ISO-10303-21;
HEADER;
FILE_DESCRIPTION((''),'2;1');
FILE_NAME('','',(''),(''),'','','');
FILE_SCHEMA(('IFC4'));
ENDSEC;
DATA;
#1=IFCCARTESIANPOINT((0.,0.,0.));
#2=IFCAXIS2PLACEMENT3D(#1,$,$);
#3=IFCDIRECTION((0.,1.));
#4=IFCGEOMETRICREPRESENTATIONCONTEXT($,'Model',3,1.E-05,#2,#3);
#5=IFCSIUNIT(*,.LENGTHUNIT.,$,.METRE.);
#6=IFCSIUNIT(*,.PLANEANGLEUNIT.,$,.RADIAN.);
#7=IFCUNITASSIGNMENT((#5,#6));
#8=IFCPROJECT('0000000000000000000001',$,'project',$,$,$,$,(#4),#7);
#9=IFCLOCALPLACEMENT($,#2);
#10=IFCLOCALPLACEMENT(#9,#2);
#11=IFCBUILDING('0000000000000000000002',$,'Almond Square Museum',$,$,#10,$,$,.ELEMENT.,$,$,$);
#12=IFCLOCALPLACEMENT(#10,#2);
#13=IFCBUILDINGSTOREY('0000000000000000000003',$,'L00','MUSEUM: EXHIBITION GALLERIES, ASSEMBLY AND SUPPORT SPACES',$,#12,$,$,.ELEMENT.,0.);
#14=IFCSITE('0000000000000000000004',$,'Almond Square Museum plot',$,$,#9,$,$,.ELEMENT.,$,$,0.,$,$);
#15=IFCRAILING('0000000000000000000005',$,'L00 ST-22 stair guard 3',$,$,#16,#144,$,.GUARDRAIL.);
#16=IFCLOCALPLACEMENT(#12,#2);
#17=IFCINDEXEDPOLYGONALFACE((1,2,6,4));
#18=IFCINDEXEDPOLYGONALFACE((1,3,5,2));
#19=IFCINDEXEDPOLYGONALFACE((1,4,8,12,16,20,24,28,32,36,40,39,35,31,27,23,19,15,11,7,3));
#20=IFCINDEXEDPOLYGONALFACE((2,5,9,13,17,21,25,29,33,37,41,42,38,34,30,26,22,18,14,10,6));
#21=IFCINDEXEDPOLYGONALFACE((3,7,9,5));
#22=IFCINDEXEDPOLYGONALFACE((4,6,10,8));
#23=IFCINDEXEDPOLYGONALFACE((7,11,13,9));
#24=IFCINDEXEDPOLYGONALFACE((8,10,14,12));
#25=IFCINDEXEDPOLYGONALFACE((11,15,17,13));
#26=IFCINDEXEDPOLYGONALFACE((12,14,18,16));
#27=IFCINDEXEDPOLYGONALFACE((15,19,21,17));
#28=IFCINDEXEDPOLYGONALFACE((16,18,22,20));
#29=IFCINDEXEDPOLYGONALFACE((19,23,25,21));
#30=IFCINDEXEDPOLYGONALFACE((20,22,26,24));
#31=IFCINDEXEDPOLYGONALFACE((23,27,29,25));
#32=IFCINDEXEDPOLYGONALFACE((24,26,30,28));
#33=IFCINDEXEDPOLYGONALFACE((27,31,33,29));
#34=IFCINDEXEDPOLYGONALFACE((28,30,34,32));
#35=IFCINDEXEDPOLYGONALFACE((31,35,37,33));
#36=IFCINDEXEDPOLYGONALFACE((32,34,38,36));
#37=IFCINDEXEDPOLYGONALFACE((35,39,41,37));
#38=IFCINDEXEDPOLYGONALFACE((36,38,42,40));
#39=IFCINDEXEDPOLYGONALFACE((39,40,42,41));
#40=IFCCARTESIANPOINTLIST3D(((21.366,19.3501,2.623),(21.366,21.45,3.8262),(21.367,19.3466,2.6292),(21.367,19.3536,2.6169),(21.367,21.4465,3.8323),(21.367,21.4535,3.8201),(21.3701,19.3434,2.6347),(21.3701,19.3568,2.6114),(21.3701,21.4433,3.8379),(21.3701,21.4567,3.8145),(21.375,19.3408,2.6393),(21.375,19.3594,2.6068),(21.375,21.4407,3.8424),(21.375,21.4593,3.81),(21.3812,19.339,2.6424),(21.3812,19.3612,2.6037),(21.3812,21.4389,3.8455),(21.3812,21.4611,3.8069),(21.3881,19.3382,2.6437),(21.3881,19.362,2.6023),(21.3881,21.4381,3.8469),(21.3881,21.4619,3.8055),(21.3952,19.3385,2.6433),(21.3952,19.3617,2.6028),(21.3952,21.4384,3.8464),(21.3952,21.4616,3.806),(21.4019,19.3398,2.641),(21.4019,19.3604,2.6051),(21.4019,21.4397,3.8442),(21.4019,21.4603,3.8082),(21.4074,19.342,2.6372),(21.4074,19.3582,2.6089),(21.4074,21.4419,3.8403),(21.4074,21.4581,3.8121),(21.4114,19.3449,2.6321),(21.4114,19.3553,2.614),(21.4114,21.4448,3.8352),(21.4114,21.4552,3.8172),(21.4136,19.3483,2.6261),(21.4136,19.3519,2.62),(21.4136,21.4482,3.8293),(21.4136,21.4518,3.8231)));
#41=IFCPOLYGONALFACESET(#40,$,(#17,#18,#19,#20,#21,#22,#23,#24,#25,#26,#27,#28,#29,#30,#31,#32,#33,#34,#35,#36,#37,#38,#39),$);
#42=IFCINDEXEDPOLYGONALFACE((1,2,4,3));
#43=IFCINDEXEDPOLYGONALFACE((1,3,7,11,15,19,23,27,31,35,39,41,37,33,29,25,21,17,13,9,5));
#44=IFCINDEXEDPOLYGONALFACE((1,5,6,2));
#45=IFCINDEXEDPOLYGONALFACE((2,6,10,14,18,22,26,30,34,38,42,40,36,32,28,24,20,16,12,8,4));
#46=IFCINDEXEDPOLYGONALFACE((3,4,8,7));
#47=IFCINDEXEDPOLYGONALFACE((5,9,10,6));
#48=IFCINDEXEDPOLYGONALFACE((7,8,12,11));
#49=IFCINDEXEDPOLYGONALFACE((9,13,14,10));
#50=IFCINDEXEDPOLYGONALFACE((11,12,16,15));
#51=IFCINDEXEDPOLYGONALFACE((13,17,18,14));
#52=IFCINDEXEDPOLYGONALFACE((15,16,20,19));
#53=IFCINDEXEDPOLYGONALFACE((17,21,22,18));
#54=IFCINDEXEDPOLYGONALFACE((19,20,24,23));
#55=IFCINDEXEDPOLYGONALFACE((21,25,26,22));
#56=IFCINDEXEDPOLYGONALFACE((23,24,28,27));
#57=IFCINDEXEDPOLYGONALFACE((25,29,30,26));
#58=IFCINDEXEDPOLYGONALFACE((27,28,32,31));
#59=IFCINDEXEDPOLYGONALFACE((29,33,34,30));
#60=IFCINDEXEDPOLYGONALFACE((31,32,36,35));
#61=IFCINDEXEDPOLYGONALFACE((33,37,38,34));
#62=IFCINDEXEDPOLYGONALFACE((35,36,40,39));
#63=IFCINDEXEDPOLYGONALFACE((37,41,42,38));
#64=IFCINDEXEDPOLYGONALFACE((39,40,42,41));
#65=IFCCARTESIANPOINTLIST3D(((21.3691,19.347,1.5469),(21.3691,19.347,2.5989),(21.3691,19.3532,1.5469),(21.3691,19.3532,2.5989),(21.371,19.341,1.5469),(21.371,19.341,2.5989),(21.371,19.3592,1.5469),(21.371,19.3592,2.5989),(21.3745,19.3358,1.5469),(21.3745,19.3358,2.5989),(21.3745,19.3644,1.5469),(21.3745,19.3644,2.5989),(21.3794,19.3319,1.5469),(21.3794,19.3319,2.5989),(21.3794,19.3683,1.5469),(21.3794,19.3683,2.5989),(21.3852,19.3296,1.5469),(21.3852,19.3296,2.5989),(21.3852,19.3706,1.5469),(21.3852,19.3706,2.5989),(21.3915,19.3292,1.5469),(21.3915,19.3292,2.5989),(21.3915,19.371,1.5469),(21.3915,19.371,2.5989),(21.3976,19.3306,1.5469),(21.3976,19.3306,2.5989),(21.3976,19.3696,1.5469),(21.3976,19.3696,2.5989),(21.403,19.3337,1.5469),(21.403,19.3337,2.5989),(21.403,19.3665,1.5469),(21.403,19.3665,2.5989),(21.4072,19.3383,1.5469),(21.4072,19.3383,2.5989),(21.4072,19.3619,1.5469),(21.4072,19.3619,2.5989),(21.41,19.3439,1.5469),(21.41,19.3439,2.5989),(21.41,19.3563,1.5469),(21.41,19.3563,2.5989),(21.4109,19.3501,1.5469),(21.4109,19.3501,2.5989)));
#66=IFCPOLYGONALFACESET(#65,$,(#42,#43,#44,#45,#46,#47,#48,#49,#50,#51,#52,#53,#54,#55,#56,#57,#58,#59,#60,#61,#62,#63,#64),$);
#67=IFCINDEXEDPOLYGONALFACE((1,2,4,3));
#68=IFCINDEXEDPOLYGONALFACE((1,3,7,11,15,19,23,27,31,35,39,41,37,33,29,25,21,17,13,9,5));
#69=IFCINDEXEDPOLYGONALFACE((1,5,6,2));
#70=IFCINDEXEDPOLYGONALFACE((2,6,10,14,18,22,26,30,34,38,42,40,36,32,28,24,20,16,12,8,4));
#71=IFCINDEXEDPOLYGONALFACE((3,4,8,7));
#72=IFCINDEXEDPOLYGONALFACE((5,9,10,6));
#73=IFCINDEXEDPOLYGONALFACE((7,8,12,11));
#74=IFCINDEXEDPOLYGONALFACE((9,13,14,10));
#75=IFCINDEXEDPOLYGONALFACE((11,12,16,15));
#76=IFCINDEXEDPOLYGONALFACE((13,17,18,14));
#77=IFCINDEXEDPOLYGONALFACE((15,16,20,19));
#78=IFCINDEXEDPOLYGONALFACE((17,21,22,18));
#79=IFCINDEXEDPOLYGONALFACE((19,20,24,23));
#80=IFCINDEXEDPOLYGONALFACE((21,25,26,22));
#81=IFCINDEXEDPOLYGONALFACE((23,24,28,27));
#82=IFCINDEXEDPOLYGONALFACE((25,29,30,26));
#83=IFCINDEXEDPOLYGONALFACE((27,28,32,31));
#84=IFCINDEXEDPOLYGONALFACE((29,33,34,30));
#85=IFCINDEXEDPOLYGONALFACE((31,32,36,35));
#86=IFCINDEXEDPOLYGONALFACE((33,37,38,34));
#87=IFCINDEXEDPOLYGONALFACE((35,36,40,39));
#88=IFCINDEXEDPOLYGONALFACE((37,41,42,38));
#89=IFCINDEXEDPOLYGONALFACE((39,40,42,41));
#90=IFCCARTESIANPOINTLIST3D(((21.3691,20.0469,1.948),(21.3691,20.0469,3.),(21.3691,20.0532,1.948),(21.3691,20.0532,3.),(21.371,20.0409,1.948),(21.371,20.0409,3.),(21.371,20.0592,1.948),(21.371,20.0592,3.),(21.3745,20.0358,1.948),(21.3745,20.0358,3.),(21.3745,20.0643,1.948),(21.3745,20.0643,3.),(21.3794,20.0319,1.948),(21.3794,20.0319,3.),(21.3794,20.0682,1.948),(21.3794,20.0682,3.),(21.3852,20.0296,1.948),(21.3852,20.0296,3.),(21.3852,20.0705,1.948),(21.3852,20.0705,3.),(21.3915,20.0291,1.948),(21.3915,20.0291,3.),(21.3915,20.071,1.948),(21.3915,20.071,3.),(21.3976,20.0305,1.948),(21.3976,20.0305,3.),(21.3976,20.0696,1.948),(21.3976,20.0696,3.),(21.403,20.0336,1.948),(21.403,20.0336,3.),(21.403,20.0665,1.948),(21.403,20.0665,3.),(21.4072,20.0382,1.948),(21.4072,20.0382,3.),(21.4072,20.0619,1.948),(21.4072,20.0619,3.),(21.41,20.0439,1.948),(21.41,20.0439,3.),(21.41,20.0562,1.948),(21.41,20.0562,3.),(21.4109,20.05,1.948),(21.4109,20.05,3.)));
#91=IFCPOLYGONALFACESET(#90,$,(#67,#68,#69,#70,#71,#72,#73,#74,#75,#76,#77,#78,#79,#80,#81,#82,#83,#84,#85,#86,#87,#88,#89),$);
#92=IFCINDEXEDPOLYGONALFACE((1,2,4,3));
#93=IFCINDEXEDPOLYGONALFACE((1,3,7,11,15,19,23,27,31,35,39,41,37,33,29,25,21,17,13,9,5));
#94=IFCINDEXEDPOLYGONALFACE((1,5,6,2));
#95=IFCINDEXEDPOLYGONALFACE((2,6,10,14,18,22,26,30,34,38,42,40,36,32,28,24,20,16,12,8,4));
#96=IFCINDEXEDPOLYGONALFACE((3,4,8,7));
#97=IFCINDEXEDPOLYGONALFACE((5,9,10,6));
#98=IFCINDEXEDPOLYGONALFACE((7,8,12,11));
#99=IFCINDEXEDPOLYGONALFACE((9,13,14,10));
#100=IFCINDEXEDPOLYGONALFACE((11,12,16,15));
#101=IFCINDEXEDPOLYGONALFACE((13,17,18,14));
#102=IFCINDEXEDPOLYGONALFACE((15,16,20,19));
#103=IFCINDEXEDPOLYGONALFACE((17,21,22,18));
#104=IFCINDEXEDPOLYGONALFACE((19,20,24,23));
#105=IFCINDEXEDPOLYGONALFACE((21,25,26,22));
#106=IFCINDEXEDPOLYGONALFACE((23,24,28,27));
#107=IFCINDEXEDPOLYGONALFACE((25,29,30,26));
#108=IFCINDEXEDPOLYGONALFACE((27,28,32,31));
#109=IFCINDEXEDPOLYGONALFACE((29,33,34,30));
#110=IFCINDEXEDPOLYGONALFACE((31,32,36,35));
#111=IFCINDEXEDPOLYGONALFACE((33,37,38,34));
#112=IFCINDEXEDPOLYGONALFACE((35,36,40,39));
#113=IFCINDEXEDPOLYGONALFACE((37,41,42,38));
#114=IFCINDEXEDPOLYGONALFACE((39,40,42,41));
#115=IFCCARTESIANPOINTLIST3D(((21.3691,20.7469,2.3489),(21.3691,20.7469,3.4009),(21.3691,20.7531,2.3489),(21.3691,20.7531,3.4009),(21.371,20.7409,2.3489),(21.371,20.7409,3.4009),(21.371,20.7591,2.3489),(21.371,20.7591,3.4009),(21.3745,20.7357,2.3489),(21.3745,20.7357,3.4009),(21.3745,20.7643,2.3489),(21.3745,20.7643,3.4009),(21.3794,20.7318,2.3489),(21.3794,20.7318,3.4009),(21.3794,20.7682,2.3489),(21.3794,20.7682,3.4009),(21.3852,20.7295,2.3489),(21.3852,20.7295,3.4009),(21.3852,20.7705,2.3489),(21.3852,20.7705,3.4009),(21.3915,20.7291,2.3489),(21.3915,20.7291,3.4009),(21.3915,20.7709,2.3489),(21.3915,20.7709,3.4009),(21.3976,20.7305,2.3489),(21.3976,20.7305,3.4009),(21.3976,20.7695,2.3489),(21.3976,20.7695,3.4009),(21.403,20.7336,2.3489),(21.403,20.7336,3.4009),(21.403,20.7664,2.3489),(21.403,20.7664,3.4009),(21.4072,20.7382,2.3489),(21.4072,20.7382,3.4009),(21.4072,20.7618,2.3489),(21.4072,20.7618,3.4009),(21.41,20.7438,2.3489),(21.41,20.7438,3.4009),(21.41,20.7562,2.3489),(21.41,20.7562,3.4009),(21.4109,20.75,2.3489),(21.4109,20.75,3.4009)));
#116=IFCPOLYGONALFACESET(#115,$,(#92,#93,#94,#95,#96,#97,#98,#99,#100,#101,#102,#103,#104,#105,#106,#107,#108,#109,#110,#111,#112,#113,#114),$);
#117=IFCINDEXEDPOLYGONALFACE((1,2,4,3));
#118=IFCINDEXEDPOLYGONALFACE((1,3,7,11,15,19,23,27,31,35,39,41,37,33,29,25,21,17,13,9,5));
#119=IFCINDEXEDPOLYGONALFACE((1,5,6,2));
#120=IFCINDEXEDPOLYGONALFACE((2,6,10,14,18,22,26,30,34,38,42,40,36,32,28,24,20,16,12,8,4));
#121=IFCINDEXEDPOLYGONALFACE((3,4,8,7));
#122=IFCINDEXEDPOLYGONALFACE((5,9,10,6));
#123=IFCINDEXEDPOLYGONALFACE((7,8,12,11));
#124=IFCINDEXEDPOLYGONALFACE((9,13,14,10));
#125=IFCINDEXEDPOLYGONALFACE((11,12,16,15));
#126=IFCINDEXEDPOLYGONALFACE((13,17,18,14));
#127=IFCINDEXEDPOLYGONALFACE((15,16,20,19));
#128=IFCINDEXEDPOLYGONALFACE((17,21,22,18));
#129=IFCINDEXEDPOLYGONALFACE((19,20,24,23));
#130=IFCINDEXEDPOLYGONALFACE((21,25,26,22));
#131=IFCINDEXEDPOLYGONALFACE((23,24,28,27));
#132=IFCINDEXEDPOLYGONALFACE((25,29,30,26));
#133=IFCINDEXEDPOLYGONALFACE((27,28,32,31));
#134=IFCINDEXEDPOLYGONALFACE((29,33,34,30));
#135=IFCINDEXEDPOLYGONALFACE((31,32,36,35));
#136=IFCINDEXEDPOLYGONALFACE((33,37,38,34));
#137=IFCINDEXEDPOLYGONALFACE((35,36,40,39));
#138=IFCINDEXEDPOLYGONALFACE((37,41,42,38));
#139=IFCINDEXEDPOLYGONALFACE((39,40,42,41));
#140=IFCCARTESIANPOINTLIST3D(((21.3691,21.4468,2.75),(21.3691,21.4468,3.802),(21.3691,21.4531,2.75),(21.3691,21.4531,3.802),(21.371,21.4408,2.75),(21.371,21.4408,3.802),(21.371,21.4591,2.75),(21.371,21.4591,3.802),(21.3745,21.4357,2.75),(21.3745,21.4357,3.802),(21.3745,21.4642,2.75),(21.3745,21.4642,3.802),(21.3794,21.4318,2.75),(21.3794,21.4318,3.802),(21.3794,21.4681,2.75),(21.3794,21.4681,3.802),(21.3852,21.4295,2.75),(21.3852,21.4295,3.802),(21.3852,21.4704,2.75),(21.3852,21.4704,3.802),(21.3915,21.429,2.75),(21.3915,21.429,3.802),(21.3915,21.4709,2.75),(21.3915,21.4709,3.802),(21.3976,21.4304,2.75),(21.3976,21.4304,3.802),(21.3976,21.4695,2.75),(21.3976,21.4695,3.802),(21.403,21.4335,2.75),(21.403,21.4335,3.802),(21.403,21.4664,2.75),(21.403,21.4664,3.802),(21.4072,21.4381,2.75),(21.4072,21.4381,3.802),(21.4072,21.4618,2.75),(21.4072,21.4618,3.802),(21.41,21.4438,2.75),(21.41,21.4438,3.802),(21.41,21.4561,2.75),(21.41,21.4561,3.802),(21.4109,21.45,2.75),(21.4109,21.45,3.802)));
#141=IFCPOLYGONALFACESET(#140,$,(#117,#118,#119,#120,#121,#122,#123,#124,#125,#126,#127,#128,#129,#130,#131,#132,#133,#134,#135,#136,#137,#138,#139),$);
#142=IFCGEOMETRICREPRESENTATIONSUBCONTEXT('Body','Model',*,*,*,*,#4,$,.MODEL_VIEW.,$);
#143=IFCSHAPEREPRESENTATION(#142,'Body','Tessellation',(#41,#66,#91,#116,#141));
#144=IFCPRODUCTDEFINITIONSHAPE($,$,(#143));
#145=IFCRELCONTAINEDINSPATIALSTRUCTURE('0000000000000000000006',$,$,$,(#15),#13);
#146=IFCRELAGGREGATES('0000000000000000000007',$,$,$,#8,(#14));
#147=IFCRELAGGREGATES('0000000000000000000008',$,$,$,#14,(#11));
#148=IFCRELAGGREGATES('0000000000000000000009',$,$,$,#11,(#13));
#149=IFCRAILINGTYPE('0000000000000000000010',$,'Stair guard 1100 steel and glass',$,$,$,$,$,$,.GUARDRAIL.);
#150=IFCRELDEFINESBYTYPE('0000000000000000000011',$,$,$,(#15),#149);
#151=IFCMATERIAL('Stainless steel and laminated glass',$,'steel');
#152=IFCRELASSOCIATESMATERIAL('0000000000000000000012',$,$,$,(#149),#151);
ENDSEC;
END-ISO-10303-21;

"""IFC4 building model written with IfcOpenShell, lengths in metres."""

from ifc_helpers import new_model, si_unit, direction, frame, origin, origin_2d, place, context, subcontext, project, spatial, circle, extrude, material, type_object, element, save


model = new_model("IFC4")

# Units and contexts
model_context = context("Model", 3, precision=1e-05, world=origin(), true_north=direction((0.0, 1.0)))
body_context = subcontext(model_context, "Body", "Model", "MODEL_VIEW")
ifc_project = project(units=[si_unit("LENGTHUNIT", "METRE"), si_unit("PLANEANGLEUNIT", "RADIAN")], contexts=[model_context])

# Site, building, storey
site_placement = place(None, origin())
site = spatial("IfcSite", under=ifc_project, at=site_placement, Name="Almond Square Museum plot", CompositionType="ELEMENT", RefElevation=0.0)
building_placement = place(site_placement, origin())
building = spatial("IfcBuilding", under=site, at=building_placement, Name="Almond Square Museum", CompositionType="ELEMENT")
storey_placement = place(building_placement, origin())
storey = spatial("IfcBuildingStorey", under=building, at=storey_placement, Name="L00", Description="MUSEUM: EXHIBITION GALLERIES, ASSEMBLY AND SUPPORT SPACES", CompositionType="ELEMENT", Elevation=0.0)

# Railing
ifc_material_1 = material(Name="Stainless steel and laminated glass", Category="steel")
railing_type_1 = type_object("IfcRailingType", Name="Stair guard 1100 steel and glass", PredefinedType="GUARDRAIL", material=ifc_material_1)
railing_1_placement = place(storey_placement, frame((21.3899, 19.3501, 1.5469)))
element("IfcRailing", 1, at=railing_1_placement, inside=storey, type_object=railing_type_1, Name="L00 ST-22 stair guard 3", PredefinedType="GUARDRAIL", context=body_context, shape_type="SweptSolid", body=[
    extrude(circle(Radius=0.0239, at=origin_2d()), frame((0.0, 0.0, 1.0762), z_axis=(0.0, 0.867671, 0.497138), x_axis=(-1.0, 0.0, 0.0)), (0.0, 0.0, 1.0), 2.4202),
    extrude(circle(Radius=0.021, at=origin_2d()), origin(), (0.0, 0.0, 1.0), 1.052),
    extrude(circle(Radius=0.021, at=origin_2d()), frame((0.0, 0.7, 0.4011)), (0.0, 0.0, 1.0), 1.052),
    extrude(circle(Radius=0.021, at=origin_2d()), frame((0.0, 1.3999, 0.802)), (0.0, 0.0, 1.0), 1.052),
    extrude(circle(Radius=0.021, at=origin_2d()), frame((0.0, 2.0999, 1.2031)), (0.0, 0.0, 1.0), 1.052),
])

save(model, "model.ifc")
